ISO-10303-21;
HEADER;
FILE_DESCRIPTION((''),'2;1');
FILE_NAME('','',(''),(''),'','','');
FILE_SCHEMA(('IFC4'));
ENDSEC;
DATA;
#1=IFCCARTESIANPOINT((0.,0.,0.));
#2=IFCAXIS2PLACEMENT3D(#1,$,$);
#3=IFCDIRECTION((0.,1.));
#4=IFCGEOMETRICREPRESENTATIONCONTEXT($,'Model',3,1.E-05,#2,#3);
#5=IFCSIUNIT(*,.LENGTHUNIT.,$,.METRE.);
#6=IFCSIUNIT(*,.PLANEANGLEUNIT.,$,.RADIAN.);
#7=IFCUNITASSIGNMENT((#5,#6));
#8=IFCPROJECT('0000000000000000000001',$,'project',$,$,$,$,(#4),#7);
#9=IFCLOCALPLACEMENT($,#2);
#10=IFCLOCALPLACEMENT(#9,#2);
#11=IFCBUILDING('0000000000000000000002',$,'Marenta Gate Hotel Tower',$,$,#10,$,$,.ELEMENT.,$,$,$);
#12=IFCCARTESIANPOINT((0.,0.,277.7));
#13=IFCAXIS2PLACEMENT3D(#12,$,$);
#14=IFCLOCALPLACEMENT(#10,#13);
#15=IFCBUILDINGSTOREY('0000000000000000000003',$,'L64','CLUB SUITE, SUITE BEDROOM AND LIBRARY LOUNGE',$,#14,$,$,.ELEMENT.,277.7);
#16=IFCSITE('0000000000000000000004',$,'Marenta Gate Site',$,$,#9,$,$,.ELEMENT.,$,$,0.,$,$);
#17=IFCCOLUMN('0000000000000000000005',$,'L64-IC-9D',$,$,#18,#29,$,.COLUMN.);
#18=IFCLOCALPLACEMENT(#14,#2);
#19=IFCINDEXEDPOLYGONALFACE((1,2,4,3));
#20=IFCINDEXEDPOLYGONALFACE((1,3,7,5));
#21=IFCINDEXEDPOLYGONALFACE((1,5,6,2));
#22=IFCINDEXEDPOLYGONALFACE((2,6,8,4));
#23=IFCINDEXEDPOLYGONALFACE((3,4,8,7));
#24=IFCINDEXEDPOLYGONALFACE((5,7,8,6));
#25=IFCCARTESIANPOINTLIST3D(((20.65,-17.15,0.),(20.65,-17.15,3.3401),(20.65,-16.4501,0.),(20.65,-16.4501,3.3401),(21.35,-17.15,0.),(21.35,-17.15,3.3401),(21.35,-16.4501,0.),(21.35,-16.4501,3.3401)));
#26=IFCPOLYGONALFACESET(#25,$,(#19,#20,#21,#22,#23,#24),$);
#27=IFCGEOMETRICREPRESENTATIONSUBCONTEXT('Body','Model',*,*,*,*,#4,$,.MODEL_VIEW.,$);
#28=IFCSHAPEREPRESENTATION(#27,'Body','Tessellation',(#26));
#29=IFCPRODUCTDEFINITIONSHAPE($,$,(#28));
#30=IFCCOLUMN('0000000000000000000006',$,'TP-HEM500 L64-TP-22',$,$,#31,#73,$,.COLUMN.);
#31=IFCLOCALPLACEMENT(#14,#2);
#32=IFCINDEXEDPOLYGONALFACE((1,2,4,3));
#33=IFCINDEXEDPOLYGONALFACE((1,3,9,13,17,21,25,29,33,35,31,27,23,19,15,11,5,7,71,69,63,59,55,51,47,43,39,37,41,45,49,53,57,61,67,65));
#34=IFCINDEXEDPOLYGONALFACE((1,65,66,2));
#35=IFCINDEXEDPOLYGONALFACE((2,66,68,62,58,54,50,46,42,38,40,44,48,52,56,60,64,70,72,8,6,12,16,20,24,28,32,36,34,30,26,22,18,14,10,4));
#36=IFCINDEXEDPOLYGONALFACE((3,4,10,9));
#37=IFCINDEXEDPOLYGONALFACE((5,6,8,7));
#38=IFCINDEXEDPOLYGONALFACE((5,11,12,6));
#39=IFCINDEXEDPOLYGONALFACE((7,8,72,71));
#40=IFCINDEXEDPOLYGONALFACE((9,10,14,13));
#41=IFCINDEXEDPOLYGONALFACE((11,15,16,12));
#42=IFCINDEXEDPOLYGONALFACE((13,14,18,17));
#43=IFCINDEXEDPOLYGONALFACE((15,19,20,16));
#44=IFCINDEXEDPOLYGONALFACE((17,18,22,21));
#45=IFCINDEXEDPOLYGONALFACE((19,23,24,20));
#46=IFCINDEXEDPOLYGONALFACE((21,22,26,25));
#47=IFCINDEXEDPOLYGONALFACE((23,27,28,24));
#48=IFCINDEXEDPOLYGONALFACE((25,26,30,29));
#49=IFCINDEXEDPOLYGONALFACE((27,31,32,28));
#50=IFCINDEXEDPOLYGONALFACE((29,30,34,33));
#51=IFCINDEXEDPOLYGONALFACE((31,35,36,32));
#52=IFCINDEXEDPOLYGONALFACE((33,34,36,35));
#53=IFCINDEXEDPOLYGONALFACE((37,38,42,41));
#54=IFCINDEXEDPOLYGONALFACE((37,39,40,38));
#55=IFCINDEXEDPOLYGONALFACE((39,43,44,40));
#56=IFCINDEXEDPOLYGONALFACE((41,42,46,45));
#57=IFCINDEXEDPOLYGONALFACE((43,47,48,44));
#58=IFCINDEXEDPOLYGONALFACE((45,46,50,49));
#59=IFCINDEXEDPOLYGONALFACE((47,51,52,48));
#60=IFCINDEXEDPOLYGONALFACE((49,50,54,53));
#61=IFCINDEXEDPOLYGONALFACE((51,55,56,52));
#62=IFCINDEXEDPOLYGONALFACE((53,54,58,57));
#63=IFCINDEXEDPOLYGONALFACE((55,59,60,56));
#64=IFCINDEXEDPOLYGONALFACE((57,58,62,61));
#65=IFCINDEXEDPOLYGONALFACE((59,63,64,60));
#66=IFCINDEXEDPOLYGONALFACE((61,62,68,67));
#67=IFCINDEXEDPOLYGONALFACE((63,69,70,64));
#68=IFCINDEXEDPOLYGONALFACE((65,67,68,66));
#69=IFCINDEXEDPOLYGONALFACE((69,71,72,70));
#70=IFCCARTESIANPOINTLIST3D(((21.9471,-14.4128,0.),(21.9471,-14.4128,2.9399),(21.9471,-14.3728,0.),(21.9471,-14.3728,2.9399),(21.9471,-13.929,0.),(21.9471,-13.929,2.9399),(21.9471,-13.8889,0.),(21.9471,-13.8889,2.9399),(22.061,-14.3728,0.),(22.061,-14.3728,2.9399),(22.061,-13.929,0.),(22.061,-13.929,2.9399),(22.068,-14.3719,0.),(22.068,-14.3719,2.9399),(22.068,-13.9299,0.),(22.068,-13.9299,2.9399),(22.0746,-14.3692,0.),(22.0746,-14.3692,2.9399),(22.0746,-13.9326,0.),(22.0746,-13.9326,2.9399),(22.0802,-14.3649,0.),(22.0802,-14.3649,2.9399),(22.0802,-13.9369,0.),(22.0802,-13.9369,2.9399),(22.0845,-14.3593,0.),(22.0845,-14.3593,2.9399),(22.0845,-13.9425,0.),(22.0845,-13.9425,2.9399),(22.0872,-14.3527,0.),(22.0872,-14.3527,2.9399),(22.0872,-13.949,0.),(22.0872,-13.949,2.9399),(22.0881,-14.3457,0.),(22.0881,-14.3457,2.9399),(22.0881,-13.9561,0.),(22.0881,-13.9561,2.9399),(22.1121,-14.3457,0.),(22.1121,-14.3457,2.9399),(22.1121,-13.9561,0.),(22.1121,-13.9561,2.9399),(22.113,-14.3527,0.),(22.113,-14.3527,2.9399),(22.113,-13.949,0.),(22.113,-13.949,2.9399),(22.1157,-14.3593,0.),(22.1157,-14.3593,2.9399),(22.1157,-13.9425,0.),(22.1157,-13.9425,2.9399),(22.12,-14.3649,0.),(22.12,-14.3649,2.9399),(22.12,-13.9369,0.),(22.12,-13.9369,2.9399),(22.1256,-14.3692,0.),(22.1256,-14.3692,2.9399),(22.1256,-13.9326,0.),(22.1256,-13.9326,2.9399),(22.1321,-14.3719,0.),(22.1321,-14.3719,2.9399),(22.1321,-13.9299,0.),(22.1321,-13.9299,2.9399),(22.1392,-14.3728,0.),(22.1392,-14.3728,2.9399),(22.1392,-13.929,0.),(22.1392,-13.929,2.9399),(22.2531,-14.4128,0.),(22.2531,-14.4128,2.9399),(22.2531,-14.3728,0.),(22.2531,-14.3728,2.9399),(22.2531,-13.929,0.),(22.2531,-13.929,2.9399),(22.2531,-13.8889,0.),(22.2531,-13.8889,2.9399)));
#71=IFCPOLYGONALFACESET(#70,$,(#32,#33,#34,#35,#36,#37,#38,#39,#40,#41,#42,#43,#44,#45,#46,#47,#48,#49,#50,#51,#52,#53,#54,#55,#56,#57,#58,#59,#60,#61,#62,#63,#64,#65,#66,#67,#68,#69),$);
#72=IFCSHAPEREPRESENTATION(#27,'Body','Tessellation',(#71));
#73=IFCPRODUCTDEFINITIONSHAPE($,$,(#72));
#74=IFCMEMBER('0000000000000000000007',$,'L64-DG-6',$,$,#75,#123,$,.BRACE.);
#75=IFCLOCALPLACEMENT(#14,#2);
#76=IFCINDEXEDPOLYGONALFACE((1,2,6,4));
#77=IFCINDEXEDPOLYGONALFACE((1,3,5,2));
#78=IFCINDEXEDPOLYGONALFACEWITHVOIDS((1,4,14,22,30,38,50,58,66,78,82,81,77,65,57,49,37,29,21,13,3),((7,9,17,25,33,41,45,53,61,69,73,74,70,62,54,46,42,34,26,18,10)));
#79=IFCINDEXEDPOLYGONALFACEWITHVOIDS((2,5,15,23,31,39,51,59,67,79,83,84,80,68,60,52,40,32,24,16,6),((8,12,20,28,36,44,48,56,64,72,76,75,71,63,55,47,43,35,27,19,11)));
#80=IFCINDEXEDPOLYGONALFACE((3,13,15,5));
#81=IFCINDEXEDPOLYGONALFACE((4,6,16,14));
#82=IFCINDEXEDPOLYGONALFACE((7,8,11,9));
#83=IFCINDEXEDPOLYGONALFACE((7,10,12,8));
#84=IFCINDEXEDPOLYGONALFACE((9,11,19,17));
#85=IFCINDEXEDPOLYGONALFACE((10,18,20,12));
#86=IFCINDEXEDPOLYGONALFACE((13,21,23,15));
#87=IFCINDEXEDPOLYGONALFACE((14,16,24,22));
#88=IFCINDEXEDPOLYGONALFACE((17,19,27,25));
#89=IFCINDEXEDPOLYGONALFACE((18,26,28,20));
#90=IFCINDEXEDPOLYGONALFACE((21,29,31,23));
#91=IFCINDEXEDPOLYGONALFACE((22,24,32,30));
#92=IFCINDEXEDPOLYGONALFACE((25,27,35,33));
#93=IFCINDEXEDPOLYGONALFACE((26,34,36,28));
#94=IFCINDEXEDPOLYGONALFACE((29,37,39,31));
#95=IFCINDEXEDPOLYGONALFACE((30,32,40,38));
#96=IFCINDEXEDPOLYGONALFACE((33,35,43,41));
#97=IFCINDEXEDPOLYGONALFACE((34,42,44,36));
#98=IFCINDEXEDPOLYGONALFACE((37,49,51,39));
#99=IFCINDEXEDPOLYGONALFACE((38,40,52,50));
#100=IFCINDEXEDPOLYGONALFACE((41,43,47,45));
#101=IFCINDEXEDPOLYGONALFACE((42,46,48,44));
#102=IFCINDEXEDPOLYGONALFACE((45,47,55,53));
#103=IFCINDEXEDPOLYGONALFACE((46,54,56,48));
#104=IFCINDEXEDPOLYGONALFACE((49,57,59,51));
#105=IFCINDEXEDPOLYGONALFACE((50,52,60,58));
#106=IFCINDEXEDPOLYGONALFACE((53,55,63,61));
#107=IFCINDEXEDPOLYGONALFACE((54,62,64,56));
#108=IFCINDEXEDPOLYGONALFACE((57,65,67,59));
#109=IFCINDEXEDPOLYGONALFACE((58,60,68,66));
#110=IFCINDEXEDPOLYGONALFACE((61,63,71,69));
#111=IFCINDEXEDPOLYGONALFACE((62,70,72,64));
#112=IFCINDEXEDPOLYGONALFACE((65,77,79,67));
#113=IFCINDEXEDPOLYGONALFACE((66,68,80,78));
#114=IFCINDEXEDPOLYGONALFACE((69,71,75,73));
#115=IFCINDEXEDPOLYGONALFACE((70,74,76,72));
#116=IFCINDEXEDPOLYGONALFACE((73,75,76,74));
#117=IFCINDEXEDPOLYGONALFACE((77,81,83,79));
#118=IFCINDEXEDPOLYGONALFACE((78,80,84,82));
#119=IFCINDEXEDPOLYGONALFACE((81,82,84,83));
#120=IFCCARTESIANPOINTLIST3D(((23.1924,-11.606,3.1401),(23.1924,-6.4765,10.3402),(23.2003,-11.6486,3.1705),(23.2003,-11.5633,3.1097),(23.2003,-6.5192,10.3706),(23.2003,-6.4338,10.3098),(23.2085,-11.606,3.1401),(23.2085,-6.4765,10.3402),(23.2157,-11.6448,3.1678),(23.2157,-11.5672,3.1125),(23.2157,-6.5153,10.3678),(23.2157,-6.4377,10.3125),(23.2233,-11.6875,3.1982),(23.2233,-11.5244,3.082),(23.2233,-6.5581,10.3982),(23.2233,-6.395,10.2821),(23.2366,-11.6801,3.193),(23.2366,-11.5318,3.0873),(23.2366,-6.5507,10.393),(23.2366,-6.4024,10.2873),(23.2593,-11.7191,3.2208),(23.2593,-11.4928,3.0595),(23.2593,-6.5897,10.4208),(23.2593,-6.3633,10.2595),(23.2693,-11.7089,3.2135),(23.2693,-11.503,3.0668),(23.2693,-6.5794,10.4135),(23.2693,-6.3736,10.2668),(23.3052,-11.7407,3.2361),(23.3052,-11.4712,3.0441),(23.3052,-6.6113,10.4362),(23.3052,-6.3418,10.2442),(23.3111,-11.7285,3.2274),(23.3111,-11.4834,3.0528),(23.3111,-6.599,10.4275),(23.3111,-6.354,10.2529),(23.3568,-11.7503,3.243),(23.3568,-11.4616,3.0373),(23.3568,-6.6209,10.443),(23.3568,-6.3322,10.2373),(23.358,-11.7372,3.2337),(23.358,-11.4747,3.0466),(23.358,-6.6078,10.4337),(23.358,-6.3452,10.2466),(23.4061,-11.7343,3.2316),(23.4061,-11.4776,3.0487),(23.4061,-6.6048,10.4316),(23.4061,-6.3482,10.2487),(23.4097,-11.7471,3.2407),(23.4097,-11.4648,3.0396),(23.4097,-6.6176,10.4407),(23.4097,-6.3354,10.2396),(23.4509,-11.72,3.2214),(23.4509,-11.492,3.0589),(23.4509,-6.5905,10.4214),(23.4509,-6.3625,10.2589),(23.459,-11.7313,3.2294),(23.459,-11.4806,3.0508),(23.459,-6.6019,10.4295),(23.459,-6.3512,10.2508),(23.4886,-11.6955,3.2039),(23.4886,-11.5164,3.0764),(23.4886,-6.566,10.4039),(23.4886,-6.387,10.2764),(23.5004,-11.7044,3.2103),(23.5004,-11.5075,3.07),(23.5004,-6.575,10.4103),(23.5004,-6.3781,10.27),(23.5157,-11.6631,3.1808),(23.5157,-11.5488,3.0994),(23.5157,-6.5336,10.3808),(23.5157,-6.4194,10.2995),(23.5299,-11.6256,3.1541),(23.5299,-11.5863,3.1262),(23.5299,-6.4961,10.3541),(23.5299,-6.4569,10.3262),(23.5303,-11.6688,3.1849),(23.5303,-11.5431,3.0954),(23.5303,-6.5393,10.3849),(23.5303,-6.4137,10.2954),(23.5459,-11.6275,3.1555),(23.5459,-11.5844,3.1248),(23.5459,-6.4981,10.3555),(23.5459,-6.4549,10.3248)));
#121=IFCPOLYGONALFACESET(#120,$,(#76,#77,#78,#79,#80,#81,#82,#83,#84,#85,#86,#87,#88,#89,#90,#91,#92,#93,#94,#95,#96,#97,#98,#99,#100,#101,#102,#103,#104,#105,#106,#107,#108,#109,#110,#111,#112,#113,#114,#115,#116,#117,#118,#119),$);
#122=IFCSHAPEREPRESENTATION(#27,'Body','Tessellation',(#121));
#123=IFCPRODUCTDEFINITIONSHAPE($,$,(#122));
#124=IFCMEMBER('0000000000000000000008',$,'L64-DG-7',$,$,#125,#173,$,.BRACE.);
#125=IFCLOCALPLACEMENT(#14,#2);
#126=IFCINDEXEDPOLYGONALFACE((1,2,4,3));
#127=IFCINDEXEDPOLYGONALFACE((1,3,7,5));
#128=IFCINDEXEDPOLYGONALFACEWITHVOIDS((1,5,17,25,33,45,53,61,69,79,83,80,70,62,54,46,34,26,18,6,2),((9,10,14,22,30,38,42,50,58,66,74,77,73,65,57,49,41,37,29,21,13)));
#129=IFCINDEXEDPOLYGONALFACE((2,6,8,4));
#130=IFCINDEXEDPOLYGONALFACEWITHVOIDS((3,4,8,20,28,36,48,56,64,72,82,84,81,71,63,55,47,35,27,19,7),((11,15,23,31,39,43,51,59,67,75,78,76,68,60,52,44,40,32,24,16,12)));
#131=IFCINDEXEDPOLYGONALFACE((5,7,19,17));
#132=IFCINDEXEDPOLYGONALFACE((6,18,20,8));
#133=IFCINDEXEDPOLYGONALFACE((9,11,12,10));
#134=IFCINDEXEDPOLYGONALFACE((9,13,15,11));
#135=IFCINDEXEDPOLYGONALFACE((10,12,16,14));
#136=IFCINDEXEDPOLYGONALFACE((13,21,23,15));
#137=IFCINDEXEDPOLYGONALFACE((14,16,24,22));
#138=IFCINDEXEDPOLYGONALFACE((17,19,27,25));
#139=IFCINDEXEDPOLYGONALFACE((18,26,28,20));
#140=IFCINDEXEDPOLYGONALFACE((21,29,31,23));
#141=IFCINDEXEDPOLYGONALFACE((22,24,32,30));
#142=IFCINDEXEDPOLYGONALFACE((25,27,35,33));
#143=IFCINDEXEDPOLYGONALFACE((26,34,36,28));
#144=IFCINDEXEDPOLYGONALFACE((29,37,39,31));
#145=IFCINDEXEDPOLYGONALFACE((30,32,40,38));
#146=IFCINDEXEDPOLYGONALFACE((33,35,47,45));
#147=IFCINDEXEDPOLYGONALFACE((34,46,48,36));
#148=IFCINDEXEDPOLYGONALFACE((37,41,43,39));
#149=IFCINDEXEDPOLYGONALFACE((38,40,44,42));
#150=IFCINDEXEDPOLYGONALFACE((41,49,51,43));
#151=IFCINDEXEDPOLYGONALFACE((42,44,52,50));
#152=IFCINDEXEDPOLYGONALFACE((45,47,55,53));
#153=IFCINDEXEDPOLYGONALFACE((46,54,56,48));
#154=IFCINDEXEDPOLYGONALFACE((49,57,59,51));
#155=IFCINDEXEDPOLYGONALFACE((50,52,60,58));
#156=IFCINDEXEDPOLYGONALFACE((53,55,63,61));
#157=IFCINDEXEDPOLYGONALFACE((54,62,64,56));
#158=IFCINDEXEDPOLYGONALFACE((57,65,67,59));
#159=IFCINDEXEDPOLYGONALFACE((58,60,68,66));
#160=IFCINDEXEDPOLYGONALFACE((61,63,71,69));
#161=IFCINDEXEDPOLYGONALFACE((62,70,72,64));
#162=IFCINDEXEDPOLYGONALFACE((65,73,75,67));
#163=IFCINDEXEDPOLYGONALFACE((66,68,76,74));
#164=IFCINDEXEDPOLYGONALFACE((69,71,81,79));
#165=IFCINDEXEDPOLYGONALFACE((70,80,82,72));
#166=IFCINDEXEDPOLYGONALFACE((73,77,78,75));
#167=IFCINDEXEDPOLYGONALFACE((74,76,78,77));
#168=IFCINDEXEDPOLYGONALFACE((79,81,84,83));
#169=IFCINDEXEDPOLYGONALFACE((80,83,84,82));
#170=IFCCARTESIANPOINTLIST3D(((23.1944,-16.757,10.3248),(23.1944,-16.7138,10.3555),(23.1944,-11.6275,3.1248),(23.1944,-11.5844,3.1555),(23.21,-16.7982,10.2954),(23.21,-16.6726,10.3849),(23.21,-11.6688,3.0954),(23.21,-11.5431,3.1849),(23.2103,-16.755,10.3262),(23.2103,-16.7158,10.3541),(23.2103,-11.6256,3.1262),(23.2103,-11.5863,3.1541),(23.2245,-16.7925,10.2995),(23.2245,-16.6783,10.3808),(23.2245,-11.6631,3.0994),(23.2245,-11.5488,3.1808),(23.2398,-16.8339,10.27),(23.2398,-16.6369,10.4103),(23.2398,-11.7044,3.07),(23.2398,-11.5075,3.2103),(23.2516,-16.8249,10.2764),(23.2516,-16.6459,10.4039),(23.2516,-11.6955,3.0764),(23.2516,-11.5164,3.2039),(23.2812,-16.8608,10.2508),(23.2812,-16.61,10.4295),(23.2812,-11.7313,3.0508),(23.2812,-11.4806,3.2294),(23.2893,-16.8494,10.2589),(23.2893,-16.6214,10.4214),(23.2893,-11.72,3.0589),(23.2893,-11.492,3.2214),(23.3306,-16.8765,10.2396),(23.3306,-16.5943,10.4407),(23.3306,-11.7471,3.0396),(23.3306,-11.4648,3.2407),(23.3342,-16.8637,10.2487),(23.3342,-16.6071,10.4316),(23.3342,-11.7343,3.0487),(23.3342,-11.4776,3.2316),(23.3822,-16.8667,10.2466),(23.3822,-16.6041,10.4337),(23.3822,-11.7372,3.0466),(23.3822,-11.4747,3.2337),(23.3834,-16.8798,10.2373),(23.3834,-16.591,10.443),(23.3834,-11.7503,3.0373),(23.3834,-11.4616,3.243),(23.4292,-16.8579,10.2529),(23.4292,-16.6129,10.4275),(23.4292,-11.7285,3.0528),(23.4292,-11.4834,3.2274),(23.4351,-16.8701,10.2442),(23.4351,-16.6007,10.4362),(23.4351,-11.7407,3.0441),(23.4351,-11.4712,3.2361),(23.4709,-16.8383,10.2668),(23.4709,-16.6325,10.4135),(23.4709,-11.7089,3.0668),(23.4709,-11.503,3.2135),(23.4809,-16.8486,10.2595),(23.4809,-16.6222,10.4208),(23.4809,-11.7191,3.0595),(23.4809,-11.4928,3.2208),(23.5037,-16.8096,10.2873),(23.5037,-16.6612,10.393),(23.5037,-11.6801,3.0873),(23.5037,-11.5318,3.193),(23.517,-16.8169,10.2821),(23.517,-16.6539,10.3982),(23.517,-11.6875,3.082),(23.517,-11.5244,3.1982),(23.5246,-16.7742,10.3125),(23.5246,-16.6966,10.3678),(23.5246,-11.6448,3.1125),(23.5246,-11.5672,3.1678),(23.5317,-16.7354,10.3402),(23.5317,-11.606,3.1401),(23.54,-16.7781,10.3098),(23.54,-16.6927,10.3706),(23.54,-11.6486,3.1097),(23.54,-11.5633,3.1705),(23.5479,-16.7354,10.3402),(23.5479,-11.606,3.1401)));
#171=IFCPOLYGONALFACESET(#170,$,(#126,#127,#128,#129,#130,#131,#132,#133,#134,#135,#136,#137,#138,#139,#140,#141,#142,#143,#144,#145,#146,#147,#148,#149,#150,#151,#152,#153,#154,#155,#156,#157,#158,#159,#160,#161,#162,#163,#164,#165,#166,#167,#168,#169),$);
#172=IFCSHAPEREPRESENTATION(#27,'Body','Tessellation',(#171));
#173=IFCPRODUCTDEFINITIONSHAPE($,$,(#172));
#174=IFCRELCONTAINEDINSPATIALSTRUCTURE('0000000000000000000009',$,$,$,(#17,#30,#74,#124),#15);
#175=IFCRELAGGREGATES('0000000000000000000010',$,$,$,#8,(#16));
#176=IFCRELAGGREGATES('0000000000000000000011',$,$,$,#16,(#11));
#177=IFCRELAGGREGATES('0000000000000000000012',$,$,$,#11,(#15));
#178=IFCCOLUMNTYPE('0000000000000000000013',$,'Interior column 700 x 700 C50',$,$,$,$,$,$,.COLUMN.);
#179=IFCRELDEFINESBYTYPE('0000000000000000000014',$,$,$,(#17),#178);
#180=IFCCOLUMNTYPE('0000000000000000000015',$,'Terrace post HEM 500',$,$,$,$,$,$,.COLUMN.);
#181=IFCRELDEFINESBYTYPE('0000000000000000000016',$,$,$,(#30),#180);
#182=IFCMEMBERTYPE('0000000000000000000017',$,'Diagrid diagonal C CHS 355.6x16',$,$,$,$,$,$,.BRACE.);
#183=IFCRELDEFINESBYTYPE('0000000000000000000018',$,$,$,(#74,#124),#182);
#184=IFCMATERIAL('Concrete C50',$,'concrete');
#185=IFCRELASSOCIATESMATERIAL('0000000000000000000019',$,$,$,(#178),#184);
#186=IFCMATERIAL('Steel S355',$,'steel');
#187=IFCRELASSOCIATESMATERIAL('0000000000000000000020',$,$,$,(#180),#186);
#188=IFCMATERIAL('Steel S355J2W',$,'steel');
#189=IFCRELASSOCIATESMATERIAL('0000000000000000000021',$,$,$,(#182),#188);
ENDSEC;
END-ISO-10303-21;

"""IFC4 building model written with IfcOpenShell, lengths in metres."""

from ifc_helpers import new_model, si_unit, direction, frame, origin, origin_2d, place, context, subcontext, project, spatial, rectangle, hollow_circle, i_section, extrude, material, material_profile, profile_set, type_object, element, save


model = new_model("IFC4")

# Units and contexts
model_context = context("Model", 3, precision=1e-05, world=origin(), true_north=direction((0.0, 1.0)))
body_context = subcontext(model_context, "Body", "Model", "MODEL_VIEW")
ifc_project = project(units=[si_unit("LENGTHUNIT", "METRE"), si_unit("PLANEANGLEUNIT", "RADIAN")], contexts=[model_context])

# Site, building, storey
site_placement = place(None, origin())
site = spatial("IfcSite", under=ifc_project, at=site_placement, Name="Marenta Gate Site", CompositionType="ELEMENT", RefElevation=0.0)
building_placement = place(site_placement, origin())
building = spatial("IfcBuilding", under=site, at=building_placement, Name="Marenta Gate Hotel Tower", CompositionType="ELEMENT")
storey_placement = place(building_placement, frame((0.0, 0.0, 277.7)))
storey = spatial("IfcBuildingStorey", under=building, at=storey_placement, Name="L64", Description="CLUB SUITE, SUITE BEDROOM AND LIBRARY LOUNGE", CompositionType="ELEMENT", Elevation=277.7)

# Columns
ifc_material_1 = material(Name="Concrete C50", Category="concrete")
ifc_material_profile_1 = material_profile(ifc_material_1, rectangle(XDim=0.7, YDim=0.7, at=origin_2d()), Name="700 x 700")
ifc_profile_set_1 = profile_set([ifc_material_profile_1], Name="Concrete C50")
column_type_1 = type_object("IfcColumnType", Name="Interior column 700 x 700 C50", PredefinedType="COLUMN", material=ifc_profile_set_1)
column_1_placement = place(storey_placement, frame((21.0, -16.8, 0.0), z_axis=(0.0, 0.0, 1.0), x_axis=(1.0, 0.0, 0.0)))
element("IfcColumn", 1, at=column_1_placement, inside=storey, type_object=column_type_1, Name="L64-IC-9D", PredefinedType="COLUMN", context=body_context, shape_type="SweptSolid", body=[
    extrude(rectangle(XDim=0.7, YDim=0.7, at=origin_2d()), origin(), (0.0, 0.0, 1.0), 3.3401),
])
ifc_material_2 = material(Name="Steel S355", Category="steel")
ifc_material_profile_2 = material_profile(ifc_material_2, i_section(OverallWidth=0.3059, OverallDepth=0.5239, WebThickness=0.0239, FlangeThickness=0.04, FilletRadius=0.0271, at=origin_2d()), Name="HEM 500")
ifc_profile_set_2 = profile_set([ifc_material_profile_2], Name="Steel S355")
column_type_2 = type_object("IfcColumnType", Name="Terrace post HEM 500", PredefinedType="COLUMN", material=ifc_profile_set_2)
column_2_placement = place(storey_placement, frame((22.1001, -14.1509, 0.0), z_axis=(0.0, 0.0, 1.0), x_axis=(1.0, 0.0, 0.0)))
element("IfcColumn", 2, at=column_2_placement, inside=storey, type_object=column_type_2, Name="TP-HEM500 L64-TP-22", PredefinedType="COLUMN", context=body_context, shape_type="SweptSolid", body=[
    extrude(i_section(OverallWidth=0.3059, OverallDepth=0.5239, WebThickness=0.0239, FlangeThickness=0.04, FilletRadius=0.0271, at=origin_2d()), origin(), (0.0, 0.0, 1.0), 2.9399),
])

# Members
ifc_material_3 = material(Name="Steel S355J2W", Category="steel")
ifc_material_profile_3 = material_profile(ifc_material_3, hollow_circle(Radius=0.1777, WallThickness=0.0161, at=origin_2d()), Name="CHS 355.6x16")
ifc_profile_set_3 = profile_set([ifc_material_profile_3], Name="Steel S355J2W")
member_type_1 = type_object("IfcMemberType", Name="Diagrid diagonal C CHS 355.6x16", PredefinedType="BRACE", material=ifc_profile_set_3)
for number, where, z_axis, x_axis, name in (
    (3, (23.3701, -11.606, 3.1401), (0.0, 0.580232, 0.814451), (-1.0, 0.0, 0.0), "L64-DG-6"),
    (4, (23.3701, -11.606, 3.1401), (0.0, -0.580232, 0.814451), (1.0, 0.0, 0.0), "L64-DG-7"),
):
    element("IfcMember", number, at=place(storey_placement, frame(where, z_axis=z_axis, x_axis=x_axis)), inside=storey, type_object=member_type_1, Name=name, PredefinedType="BRACE", context=body_context, shape_type="SweptSolid", body=[
        extrude(hollow_circle(Radius=0.1777, WallThickness=0.0161, at=origin_2d()), origin(), (0.0, 0.0, 1.0), 8.8403),
    ])

save(model, "model.ifc")
